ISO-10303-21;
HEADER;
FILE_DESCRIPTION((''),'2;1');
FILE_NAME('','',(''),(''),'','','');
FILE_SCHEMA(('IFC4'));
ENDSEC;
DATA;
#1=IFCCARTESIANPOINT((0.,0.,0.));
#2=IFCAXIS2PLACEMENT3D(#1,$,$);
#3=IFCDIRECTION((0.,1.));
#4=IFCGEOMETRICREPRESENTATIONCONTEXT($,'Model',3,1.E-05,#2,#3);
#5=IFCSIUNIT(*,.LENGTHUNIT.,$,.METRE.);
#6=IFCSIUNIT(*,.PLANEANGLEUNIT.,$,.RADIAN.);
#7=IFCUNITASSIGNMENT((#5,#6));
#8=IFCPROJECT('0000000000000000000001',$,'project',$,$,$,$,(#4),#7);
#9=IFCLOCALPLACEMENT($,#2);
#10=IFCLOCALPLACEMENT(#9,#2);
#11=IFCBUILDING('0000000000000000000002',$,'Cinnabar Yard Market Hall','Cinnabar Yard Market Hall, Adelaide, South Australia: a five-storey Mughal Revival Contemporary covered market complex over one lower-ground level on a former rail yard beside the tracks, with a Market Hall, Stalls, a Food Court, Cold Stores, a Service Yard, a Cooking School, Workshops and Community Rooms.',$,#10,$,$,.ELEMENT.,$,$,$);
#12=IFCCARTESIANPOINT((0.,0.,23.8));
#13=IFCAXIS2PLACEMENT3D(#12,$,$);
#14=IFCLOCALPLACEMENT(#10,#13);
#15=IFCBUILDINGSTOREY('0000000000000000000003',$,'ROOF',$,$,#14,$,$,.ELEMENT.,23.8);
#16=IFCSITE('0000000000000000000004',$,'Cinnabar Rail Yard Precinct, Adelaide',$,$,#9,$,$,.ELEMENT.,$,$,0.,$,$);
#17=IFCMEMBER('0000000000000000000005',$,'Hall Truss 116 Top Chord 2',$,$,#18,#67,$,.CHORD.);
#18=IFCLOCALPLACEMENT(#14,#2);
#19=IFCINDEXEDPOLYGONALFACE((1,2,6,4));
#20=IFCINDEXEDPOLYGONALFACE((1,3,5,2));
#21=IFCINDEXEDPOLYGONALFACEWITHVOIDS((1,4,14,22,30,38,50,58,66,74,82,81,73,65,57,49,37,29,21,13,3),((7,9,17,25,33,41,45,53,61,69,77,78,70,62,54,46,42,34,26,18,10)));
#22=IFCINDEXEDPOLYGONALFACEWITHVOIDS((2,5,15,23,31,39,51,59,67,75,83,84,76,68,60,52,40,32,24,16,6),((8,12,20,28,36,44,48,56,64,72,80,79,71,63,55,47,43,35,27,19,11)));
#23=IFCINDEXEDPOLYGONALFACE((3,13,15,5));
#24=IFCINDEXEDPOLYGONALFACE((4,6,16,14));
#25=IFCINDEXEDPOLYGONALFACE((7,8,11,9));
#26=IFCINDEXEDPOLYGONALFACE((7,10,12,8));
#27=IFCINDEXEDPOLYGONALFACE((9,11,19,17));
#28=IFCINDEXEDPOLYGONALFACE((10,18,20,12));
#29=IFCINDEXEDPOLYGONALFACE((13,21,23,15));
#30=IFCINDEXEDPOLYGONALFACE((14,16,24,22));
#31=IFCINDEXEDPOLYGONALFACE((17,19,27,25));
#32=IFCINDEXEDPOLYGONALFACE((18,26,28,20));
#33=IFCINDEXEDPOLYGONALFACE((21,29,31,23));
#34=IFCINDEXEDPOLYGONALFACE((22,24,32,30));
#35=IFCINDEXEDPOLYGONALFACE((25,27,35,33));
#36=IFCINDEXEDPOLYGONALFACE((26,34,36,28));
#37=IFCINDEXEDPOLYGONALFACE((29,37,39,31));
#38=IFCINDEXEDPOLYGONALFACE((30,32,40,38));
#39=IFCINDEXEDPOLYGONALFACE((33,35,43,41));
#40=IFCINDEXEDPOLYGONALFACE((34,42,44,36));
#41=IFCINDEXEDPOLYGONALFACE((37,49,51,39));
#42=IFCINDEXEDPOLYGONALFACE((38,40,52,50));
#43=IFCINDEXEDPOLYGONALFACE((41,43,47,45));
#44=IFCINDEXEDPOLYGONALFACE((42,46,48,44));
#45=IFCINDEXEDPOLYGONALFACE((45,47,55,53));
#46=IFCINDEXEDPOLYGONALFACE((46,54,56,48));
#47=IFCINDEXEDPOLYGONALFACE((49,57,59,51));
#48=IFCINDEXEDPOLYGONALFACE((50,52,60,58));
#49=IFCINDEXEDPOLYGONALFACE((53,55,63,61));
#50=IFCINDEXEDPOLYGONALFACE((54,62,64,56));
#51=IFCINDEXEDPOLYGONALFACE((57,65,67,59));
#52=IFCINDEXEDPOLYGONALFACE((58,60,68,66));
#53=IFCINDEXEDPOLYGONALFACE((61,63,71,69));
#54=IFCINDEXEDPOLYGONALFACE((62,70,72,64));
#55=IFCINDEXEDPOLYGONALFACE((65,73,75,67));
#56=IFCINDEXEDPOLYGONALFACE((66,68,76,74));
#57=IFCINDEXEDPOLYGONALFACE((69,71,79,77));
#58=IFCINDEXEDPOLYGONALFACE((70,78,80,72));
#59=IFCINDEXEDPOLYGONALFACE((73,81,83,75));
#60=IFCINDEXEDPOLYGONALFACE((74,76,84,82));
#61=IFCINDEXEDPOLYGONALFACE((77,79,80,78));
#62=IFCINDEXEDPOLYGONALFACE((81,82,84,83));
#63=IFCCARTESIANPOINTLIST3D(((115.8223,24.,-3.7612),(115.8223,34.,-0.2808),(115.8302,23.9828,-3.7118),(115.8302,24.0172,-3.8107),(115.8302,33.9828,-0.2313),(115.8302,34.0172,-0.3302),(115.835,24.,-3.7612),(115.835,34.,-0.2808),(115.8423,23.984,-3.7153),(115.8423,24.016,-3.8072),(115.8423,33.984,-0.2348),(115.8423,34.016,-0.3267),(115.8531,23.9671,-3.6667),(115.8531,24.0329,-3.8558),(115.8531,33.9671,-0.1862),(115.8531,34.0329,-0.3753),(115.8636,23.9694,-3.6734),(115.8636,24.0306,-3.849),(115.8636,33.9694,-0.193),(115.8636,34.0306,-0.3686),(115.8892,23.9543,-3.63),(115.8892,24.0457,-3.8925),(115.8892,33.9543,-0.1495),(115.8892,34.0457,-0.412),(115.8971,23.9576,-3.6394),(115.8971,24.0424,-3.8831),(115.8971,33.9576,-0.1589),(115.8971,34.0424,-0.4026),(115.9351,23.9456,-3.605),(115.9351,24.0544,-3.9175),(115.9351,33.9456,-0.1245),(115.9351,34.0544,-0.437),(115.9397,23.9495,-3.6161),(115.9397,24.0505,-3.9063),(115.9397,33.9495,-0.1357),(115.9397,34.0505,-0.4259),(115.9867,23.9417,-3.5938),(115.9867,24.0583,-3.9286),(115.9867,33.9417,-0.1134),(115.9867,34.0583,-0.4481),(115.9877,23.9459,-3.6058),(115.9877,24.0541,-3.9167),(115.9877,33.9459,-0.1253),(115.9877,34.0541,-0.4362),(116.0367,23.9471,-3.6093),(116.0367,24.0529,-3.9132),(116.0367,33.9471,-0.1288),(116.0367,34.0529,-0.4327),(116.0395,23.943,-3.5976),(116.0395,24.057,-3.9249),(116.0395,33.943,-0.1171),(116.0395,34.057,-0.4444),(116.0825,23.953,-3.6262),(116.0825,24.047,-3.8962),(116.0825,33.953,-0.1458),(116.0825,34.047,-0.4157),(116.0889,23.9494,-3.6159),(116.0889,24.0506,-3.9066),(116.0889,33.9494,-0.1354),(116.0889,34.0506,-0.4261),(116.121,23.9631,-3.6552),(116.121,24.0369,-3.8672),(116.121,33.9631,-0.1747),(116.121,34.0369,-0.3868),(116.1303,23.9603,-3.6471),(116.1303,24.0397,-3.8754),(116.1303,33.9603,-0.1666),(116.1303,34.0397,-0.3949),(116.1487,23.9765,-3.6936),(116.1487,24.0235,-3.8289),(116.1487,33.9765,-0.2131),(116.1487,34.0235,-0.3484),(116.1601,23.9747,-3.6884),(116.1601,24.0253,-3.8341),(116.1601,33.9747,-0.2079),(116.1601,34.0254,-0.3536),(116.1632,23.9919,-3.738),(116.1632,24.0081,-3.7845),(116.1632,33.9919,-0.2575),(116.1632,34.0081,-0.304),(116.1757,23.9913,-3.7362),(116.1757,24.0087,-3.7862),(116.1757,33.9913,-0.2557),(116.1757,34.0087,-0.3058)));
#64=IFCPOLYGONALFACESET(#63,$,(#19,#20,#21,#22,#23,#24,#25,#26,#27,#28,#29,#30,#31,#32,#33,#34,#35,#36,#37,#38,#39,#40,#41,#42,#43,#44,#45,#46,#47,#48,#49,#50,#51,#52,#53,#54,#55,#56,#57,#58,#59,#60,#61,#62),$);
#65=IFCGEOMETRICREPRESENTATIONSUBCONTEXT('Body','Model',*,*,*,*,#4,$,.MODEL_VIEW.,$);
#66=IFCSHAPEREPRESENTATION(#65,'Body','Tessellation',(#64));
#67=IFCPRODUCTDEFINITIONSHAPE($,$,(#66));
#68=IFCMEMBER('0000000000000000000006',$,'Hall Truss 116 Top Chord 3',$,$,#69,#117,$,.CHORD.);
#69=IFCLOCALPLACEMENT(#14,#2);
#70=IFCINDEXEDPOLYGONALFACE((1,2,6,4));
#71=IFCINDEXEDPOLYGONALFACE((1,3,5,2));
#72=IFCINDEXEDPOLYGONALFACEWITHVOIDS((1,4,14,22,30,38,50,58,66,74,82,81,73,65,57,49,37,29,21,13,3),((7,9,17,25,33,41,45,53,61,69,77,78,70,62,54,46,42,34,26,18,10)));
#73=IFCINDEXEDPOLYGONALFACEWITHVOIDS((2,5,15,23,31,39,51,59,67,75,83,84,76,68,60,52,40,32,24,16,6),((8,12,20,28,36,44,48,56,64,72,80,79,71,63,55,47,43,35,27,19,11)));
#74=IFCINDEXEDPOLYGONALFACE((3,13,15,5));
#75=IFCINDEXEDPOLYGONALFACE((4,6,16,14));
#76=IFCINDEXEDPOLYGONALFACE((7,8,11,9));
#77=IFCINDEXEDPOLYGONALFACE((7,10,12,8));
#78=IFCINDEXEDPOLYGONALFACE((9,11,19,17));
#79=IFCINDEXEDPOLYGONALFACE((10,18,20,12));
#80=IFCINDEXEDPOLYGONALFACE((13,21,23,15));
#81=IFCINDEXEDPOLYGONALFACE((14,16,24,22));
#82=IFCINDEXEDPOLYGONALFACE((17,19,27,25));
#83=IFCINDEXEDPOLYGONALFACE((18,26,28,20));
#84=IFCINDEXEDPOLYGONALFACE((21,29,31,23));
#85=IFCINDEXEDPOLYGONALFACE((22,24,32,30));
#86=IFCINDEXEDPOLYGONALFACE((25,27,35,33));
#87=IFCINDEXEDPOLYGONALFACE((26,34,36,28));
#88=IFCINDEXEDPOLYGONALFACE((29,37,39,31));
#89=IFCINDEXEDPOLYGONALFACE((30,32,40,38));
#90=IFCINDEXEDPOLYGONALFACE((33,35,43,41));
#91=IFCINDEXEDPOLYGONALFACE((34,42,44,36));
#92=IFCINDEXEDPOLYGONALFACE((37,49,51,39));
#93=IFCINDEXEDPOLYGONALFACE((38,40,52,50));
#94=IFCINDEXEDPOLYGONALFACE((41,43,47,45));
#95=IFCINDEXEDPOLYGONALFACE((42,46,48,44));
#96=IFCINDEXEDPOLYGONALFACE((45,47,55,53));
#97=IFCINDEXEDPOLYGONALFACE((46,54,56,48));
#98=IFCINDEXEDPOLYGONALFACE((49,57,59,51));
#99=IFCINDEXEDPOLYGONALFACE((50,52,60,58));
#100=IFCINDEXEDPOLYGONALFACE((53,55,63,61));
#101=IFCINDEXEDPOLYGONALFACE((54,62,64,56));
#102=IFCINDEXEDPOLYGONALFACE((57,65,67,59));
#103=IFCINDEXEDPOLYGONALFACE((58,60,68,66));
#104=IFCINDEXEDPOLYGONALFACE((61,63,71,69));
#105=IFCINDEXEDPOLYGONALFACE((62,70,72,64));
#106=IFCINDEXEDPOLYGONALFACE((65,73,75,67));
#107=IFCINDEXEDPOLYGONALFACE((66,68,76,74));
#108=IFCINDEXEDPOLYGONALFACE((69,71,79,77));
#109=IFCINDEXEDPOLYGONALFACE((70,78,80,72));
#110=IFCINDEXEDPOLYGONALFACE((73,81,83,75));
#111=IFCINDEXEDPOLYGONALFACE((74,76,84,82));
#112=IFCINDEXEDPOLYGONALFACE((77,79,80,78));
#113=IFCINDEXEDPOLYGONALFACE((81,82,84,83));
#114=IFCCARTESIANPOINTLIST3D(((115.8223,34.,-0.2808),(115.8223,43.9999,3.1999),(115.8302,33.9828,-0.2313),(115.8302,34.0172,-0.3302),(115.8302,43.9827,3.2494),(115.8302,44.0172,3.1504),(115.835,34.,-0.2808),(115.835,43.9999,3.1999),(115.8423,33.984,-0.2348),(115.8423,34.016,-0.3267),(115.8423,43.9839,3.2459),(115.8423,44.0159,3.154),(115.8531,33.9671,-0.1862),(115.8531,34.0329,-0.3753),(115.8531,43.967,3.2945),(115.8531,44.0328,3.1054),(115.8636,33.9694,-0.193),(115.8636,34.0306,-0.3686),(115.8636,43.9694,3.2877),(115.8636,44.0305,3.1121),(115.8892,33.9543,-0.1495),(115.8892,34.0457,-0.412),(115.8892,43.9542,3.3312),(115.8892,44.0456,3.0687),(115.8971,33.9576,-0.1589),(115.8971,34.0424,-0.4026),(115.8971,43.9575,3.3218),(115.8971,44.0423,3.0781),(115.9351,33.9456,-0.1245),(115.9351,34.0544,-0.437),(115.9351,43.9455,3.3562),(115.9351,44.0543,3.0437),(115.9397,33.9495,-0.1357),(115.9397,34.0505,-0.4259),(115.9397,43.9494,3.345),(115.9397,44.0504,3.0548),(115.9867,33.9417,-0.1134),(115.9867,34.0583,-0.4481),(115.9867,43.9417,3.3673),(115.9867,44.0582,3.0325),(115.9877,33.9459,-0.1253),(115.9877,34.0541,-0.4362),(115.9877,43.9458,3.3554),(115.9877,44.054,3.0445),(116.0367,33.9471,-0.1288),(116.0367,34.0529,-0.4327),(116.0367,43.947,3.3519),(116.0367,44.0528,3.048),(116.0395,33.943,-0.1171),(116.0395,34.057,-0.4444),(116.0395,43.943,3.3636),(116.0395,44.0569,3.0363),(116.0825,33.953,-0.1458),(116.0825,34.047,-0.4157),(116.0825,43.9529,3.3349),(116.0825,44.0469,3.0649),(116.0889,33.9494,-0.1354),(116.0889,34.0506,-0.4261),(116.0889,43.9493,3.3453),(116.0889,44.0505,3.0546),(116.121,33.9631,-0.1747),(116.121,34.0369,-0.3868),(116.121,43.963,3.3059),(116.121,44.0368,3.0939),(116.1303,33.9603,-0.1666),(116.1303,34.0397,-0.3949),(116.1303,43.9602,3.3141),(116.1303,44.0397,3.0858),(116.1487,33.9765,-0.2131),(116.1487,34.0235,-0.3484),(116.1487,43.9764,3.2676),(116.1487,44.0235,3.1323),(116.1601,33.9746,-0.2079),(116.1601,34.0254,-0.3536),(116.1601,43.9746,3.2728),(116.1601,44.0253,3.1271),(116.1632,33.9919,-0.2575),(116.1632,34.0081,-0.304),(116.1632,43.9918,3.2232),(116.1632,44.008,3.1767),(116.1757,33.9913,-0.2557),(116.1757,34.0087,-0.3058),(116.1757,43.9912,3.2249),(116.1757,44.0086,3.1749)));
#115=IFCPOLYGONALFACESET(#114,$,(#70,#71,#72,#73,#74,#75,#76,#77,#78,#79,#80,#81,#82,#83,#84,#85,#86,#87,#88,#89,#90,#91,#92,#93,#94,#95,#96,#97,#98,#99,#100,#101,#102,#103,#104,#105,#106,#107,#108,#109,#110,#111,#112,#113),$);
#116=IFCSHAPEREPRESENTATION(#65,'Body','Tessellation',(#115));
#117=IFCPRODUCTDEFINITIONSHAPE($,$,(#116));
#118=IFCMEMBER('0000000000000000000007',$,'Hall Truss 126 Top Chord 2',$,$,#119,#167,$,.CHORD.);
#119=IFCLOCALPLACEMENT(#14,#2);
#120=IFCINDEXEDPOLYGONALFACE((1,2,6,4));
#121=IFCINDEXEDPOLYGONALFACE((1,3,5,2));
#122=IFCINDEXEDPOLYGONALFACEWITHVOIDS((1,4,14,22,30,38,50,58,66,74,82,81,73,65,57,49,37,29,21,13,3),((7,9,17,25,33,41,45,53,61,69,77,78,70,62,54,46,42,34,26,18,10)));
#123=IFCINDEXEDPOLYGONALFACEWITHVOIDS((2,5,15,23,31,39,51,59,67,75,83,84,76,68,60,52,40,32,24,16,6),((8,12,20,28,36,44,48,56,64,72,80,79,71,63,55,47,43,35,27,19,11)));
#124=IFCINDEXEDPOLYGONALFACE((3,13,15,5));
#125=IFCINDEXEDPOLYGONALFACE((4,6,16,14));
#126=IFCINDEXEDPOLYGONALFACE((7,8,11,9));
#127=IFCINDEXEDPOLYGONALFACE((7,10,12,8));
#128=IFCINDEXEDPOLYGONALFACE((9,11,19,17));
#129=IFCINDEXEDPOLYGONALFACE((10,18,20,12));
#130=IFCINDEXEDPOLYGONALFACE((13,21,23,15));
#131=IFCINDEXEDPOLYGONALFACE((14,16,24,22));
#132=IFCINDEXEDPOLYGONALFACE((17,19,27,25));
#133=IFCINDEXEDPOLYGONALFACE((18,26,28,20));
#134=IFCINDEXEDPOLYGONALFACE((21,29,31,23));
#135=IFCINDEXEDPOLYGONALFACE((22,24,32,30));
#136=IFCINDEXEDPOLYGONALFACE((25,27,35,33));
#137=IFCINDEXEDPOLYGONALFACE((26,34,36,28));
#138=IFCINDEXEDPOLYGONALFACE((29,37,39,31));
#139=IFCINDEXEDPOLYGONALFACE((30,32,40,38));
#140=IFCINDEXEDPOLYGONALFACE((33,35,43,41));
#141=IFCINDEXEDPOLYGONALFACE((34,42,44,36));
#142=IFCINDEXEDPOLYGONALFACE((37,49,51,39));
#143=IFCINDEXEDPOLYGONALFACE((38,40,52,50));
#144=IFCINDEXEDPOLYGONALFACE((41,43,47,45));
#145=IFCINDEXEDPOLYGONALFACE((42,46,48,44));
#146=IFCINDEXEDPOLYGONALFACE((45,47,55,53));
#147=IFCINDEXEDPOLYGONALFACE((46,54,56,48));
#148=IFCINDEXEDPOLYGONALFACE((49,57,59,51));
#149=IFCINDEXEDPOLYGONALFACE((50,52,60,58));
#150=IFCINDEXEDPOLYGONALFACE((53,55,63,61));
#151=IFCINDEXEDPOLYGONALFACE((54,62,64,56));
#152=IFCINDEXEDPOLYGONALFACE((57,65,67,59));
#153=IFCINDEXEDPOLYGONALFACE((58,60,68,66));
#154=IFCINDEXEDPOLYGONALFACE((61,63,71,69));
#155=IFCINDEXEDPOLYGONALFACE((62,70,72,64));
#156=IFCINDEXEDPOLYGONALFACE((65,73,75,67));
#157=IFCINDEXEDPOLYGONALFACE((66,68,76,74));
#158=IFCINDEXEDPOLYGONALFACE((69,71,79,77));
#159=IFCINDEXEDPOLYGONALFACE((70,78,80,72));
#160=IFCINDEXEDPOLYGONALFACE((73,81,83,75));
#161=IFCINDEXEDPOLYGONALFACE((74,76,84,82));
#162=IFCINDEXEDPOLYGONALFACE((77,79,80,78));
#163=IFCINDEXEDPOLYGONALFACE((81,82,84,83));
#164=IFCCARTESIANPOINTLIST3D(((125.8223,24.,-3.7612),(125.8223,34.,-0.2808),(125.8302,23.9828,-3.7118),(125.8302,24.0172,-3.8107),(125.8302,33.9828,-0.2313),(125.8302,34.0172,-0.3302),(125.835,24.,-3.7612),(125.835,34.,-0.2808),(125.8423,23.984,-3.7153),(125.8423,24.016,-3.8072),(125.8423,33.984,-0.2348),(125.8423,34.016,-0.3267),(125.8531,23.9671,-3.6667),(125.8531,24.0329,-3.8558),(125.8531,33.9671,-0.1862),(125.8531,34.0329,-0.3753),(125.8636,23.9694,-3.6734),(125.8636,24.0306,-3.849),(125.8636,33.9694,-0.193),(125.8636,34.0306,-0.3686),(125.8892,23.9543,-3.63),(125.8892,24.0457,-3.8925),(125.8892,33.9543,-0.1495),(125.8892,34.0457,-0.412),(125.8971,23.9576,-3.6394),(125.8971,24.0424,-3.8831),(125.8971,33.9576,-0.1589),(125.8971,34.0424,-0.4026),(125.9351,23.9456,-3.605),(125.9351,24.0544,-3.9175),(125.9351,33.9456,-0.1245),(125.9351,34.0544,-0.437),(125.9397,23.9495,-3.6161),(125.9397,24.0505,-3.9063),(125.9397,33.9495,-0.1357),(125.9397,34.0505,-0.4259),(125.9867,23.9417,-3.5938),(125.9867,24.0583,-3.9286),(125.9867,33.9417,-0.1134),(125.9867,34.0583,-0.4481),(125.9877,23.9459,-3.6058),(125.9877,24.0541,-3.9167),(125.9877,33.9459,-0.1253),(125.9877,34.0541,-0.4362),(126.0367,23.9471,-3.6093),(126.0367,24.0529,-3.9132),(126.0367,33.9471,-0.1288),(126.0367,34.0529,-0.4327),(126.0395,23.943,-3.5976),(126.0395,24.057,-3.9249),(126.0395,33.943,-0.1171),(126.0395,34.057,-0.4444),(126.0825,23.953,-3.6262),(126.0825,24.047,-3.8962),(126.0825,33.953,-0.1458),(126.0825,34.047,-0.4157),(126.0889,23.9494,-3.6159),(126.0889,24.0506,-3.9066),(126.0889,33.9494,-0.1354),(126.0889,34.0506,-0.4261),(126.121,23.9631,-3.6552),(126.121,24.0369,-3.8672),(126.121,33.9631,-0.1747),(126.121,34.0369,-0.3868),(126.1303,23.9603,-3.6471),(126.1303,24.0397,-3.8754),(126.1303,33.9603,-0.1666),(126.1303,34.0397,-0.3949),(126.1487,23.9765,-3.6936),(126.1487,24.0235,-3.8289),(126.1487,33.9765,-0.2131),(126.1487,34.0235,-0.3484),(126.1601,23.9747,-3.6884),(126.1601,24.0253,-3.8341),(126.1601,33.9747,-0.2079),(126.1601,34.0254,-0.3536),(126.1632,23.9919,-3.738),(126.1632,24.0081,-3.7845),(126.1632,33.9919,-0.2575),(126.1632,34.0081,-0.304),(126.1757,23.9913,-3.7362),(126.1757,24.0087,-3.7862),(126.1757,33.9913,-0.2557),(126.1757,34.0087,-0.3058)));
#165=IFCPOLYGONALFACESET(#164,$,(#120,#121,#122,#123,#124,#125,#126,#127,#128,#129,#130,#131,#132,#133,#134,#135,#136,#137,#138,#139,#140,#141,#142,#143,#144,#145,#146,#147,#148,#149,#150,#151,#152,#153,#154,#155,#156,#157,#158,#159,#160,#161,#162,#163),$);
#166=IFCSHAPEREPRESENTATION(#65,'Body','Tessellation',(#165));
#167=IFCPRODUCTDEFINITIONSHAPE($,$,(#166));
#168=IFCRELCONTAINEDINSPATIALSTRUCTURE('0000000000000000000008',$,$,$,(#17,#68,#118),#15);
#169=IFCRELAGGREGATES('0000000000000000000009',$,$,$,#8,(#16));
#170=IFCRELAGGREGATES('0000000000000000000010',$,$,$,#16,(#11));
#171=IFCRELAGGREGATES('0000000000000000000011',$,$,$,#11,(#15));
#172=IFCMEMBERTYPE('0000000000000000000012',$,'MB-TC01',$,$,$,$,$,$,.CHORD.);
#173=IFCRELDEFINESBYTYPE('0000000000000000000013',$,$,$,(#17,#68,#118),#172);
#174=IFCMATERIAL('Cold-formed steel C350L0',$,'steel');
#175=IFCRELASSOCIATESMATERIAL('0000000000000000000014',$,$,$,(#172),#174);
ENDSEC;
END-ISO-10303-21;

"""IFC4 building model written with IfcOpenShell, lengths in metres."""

from ifc_helpers import new_model, si_unit, direction, frame, origin, origin_2d_with_axis, place, context, subcontext, project, spatial, hollow_circle, extrude, material, material_profile, profile_set, type_object, element, save


model = new_model("IFC4")

# Units and contexts
model_context = context("Model", 3, precision=1e-05, world=origin(), true_north=direction((0.0, 1.0)))
body_context = subcontext(model_context, "Body", "Model", "MODEL_VIEW")
ifc_project = project(units=[si_unit("LENGTHUNIT", "METRE"), si_unit("PLANEANGLEUNIT", "RADIAN")], contexts=[model_context])

# Site, building, storey
site_placement = place(None, origin())
site = spatial("IfcSite", under=ifc_project, at=site_placement, Name="Cinnabar Rail Yard Precinct, Adelaide", CompositionType="ELEMENT", RefElevation=0.0)
building_placement = place(site_placement, origin())
building = spatial("IfcBuilding", under=site, at=building_placement, Name="Cinnabar Yard Market Hall", Description="Cinnabar Yard Market Hall, Adelaide, South Australia: a five-storey Mughal Revival Contemporary covered market complex over one lower-ground level on a former rail yard beside the tracks, with a Market Hall, Stalls, a Food Court, Cold Stores, a Service Yard, a Cooking School, Workshops and Community Rooms.", CompositionType="ELEMENT")
storey_placement = place(building_placement, frame((0.0, 0.0, 23.8)))
storey = spatial("IfcBuildingStorey", under=building, at=storey_placement, Name="ROOF", CompositionType="ELEMENT", Elevation=23.8)

# Members
ifc_material_1 = material(Name="Cold-formed steel C350L0", Category="steel")
ifc_material_profile_1 = material_profile(ifc_material_1, hollow_circle(Radius=0.1777, WallThickness=0.0127, at=origin_2d_with_axis()), Name="355.6x12.7CHS")
ifc_profile_set_1 = profile_set([ifc_material_profile_1], Name="Cold-formed steel C350L0")
member_type_1 = type_object("IfcMemberType", Name="MB-TC01", PredefinedType="CHORD", material=ifc_profile_set_1)
for number, where, z_axis, x_axis, name in (
    (1, (116.0, 24.0, -3.7612), (0.0, 0.944432, 0.328707), (-1.0, 0.0, 0.0), "Hall Truss 116 Top Chord 2"),
    (2, (116.0, 34.0, -0.2808), (0.0, 0.944425, 0.328727), (-1.0, 0.0, 0.0), "Hall Truss 116 Top Chord 3"),
    (3, (126.0, 24.0, -3.7612), (0.0, 0.944432, 0.328707), (-1.0, 0.0, 0.0), "Hall Truss 126 Top Chord 2"),
):
    element("IfcMember", number, at=place(storey_placement, frame(where, z_axis=z_axis, x_axis=x_axis)), inside=storey, type_object=member_type_1, Name=name, PredefinedType="CHORD", context=body_context, shape_type="SweptSolid", body=[
        extrude(hollow_circle(Radius=0.1777, WallThickness=0.0127, at=origin_2d_with_axis()), origin(), (0.0, 0.0, 1.0), 10.5884),
    ])

save(model, "model.ifc")
